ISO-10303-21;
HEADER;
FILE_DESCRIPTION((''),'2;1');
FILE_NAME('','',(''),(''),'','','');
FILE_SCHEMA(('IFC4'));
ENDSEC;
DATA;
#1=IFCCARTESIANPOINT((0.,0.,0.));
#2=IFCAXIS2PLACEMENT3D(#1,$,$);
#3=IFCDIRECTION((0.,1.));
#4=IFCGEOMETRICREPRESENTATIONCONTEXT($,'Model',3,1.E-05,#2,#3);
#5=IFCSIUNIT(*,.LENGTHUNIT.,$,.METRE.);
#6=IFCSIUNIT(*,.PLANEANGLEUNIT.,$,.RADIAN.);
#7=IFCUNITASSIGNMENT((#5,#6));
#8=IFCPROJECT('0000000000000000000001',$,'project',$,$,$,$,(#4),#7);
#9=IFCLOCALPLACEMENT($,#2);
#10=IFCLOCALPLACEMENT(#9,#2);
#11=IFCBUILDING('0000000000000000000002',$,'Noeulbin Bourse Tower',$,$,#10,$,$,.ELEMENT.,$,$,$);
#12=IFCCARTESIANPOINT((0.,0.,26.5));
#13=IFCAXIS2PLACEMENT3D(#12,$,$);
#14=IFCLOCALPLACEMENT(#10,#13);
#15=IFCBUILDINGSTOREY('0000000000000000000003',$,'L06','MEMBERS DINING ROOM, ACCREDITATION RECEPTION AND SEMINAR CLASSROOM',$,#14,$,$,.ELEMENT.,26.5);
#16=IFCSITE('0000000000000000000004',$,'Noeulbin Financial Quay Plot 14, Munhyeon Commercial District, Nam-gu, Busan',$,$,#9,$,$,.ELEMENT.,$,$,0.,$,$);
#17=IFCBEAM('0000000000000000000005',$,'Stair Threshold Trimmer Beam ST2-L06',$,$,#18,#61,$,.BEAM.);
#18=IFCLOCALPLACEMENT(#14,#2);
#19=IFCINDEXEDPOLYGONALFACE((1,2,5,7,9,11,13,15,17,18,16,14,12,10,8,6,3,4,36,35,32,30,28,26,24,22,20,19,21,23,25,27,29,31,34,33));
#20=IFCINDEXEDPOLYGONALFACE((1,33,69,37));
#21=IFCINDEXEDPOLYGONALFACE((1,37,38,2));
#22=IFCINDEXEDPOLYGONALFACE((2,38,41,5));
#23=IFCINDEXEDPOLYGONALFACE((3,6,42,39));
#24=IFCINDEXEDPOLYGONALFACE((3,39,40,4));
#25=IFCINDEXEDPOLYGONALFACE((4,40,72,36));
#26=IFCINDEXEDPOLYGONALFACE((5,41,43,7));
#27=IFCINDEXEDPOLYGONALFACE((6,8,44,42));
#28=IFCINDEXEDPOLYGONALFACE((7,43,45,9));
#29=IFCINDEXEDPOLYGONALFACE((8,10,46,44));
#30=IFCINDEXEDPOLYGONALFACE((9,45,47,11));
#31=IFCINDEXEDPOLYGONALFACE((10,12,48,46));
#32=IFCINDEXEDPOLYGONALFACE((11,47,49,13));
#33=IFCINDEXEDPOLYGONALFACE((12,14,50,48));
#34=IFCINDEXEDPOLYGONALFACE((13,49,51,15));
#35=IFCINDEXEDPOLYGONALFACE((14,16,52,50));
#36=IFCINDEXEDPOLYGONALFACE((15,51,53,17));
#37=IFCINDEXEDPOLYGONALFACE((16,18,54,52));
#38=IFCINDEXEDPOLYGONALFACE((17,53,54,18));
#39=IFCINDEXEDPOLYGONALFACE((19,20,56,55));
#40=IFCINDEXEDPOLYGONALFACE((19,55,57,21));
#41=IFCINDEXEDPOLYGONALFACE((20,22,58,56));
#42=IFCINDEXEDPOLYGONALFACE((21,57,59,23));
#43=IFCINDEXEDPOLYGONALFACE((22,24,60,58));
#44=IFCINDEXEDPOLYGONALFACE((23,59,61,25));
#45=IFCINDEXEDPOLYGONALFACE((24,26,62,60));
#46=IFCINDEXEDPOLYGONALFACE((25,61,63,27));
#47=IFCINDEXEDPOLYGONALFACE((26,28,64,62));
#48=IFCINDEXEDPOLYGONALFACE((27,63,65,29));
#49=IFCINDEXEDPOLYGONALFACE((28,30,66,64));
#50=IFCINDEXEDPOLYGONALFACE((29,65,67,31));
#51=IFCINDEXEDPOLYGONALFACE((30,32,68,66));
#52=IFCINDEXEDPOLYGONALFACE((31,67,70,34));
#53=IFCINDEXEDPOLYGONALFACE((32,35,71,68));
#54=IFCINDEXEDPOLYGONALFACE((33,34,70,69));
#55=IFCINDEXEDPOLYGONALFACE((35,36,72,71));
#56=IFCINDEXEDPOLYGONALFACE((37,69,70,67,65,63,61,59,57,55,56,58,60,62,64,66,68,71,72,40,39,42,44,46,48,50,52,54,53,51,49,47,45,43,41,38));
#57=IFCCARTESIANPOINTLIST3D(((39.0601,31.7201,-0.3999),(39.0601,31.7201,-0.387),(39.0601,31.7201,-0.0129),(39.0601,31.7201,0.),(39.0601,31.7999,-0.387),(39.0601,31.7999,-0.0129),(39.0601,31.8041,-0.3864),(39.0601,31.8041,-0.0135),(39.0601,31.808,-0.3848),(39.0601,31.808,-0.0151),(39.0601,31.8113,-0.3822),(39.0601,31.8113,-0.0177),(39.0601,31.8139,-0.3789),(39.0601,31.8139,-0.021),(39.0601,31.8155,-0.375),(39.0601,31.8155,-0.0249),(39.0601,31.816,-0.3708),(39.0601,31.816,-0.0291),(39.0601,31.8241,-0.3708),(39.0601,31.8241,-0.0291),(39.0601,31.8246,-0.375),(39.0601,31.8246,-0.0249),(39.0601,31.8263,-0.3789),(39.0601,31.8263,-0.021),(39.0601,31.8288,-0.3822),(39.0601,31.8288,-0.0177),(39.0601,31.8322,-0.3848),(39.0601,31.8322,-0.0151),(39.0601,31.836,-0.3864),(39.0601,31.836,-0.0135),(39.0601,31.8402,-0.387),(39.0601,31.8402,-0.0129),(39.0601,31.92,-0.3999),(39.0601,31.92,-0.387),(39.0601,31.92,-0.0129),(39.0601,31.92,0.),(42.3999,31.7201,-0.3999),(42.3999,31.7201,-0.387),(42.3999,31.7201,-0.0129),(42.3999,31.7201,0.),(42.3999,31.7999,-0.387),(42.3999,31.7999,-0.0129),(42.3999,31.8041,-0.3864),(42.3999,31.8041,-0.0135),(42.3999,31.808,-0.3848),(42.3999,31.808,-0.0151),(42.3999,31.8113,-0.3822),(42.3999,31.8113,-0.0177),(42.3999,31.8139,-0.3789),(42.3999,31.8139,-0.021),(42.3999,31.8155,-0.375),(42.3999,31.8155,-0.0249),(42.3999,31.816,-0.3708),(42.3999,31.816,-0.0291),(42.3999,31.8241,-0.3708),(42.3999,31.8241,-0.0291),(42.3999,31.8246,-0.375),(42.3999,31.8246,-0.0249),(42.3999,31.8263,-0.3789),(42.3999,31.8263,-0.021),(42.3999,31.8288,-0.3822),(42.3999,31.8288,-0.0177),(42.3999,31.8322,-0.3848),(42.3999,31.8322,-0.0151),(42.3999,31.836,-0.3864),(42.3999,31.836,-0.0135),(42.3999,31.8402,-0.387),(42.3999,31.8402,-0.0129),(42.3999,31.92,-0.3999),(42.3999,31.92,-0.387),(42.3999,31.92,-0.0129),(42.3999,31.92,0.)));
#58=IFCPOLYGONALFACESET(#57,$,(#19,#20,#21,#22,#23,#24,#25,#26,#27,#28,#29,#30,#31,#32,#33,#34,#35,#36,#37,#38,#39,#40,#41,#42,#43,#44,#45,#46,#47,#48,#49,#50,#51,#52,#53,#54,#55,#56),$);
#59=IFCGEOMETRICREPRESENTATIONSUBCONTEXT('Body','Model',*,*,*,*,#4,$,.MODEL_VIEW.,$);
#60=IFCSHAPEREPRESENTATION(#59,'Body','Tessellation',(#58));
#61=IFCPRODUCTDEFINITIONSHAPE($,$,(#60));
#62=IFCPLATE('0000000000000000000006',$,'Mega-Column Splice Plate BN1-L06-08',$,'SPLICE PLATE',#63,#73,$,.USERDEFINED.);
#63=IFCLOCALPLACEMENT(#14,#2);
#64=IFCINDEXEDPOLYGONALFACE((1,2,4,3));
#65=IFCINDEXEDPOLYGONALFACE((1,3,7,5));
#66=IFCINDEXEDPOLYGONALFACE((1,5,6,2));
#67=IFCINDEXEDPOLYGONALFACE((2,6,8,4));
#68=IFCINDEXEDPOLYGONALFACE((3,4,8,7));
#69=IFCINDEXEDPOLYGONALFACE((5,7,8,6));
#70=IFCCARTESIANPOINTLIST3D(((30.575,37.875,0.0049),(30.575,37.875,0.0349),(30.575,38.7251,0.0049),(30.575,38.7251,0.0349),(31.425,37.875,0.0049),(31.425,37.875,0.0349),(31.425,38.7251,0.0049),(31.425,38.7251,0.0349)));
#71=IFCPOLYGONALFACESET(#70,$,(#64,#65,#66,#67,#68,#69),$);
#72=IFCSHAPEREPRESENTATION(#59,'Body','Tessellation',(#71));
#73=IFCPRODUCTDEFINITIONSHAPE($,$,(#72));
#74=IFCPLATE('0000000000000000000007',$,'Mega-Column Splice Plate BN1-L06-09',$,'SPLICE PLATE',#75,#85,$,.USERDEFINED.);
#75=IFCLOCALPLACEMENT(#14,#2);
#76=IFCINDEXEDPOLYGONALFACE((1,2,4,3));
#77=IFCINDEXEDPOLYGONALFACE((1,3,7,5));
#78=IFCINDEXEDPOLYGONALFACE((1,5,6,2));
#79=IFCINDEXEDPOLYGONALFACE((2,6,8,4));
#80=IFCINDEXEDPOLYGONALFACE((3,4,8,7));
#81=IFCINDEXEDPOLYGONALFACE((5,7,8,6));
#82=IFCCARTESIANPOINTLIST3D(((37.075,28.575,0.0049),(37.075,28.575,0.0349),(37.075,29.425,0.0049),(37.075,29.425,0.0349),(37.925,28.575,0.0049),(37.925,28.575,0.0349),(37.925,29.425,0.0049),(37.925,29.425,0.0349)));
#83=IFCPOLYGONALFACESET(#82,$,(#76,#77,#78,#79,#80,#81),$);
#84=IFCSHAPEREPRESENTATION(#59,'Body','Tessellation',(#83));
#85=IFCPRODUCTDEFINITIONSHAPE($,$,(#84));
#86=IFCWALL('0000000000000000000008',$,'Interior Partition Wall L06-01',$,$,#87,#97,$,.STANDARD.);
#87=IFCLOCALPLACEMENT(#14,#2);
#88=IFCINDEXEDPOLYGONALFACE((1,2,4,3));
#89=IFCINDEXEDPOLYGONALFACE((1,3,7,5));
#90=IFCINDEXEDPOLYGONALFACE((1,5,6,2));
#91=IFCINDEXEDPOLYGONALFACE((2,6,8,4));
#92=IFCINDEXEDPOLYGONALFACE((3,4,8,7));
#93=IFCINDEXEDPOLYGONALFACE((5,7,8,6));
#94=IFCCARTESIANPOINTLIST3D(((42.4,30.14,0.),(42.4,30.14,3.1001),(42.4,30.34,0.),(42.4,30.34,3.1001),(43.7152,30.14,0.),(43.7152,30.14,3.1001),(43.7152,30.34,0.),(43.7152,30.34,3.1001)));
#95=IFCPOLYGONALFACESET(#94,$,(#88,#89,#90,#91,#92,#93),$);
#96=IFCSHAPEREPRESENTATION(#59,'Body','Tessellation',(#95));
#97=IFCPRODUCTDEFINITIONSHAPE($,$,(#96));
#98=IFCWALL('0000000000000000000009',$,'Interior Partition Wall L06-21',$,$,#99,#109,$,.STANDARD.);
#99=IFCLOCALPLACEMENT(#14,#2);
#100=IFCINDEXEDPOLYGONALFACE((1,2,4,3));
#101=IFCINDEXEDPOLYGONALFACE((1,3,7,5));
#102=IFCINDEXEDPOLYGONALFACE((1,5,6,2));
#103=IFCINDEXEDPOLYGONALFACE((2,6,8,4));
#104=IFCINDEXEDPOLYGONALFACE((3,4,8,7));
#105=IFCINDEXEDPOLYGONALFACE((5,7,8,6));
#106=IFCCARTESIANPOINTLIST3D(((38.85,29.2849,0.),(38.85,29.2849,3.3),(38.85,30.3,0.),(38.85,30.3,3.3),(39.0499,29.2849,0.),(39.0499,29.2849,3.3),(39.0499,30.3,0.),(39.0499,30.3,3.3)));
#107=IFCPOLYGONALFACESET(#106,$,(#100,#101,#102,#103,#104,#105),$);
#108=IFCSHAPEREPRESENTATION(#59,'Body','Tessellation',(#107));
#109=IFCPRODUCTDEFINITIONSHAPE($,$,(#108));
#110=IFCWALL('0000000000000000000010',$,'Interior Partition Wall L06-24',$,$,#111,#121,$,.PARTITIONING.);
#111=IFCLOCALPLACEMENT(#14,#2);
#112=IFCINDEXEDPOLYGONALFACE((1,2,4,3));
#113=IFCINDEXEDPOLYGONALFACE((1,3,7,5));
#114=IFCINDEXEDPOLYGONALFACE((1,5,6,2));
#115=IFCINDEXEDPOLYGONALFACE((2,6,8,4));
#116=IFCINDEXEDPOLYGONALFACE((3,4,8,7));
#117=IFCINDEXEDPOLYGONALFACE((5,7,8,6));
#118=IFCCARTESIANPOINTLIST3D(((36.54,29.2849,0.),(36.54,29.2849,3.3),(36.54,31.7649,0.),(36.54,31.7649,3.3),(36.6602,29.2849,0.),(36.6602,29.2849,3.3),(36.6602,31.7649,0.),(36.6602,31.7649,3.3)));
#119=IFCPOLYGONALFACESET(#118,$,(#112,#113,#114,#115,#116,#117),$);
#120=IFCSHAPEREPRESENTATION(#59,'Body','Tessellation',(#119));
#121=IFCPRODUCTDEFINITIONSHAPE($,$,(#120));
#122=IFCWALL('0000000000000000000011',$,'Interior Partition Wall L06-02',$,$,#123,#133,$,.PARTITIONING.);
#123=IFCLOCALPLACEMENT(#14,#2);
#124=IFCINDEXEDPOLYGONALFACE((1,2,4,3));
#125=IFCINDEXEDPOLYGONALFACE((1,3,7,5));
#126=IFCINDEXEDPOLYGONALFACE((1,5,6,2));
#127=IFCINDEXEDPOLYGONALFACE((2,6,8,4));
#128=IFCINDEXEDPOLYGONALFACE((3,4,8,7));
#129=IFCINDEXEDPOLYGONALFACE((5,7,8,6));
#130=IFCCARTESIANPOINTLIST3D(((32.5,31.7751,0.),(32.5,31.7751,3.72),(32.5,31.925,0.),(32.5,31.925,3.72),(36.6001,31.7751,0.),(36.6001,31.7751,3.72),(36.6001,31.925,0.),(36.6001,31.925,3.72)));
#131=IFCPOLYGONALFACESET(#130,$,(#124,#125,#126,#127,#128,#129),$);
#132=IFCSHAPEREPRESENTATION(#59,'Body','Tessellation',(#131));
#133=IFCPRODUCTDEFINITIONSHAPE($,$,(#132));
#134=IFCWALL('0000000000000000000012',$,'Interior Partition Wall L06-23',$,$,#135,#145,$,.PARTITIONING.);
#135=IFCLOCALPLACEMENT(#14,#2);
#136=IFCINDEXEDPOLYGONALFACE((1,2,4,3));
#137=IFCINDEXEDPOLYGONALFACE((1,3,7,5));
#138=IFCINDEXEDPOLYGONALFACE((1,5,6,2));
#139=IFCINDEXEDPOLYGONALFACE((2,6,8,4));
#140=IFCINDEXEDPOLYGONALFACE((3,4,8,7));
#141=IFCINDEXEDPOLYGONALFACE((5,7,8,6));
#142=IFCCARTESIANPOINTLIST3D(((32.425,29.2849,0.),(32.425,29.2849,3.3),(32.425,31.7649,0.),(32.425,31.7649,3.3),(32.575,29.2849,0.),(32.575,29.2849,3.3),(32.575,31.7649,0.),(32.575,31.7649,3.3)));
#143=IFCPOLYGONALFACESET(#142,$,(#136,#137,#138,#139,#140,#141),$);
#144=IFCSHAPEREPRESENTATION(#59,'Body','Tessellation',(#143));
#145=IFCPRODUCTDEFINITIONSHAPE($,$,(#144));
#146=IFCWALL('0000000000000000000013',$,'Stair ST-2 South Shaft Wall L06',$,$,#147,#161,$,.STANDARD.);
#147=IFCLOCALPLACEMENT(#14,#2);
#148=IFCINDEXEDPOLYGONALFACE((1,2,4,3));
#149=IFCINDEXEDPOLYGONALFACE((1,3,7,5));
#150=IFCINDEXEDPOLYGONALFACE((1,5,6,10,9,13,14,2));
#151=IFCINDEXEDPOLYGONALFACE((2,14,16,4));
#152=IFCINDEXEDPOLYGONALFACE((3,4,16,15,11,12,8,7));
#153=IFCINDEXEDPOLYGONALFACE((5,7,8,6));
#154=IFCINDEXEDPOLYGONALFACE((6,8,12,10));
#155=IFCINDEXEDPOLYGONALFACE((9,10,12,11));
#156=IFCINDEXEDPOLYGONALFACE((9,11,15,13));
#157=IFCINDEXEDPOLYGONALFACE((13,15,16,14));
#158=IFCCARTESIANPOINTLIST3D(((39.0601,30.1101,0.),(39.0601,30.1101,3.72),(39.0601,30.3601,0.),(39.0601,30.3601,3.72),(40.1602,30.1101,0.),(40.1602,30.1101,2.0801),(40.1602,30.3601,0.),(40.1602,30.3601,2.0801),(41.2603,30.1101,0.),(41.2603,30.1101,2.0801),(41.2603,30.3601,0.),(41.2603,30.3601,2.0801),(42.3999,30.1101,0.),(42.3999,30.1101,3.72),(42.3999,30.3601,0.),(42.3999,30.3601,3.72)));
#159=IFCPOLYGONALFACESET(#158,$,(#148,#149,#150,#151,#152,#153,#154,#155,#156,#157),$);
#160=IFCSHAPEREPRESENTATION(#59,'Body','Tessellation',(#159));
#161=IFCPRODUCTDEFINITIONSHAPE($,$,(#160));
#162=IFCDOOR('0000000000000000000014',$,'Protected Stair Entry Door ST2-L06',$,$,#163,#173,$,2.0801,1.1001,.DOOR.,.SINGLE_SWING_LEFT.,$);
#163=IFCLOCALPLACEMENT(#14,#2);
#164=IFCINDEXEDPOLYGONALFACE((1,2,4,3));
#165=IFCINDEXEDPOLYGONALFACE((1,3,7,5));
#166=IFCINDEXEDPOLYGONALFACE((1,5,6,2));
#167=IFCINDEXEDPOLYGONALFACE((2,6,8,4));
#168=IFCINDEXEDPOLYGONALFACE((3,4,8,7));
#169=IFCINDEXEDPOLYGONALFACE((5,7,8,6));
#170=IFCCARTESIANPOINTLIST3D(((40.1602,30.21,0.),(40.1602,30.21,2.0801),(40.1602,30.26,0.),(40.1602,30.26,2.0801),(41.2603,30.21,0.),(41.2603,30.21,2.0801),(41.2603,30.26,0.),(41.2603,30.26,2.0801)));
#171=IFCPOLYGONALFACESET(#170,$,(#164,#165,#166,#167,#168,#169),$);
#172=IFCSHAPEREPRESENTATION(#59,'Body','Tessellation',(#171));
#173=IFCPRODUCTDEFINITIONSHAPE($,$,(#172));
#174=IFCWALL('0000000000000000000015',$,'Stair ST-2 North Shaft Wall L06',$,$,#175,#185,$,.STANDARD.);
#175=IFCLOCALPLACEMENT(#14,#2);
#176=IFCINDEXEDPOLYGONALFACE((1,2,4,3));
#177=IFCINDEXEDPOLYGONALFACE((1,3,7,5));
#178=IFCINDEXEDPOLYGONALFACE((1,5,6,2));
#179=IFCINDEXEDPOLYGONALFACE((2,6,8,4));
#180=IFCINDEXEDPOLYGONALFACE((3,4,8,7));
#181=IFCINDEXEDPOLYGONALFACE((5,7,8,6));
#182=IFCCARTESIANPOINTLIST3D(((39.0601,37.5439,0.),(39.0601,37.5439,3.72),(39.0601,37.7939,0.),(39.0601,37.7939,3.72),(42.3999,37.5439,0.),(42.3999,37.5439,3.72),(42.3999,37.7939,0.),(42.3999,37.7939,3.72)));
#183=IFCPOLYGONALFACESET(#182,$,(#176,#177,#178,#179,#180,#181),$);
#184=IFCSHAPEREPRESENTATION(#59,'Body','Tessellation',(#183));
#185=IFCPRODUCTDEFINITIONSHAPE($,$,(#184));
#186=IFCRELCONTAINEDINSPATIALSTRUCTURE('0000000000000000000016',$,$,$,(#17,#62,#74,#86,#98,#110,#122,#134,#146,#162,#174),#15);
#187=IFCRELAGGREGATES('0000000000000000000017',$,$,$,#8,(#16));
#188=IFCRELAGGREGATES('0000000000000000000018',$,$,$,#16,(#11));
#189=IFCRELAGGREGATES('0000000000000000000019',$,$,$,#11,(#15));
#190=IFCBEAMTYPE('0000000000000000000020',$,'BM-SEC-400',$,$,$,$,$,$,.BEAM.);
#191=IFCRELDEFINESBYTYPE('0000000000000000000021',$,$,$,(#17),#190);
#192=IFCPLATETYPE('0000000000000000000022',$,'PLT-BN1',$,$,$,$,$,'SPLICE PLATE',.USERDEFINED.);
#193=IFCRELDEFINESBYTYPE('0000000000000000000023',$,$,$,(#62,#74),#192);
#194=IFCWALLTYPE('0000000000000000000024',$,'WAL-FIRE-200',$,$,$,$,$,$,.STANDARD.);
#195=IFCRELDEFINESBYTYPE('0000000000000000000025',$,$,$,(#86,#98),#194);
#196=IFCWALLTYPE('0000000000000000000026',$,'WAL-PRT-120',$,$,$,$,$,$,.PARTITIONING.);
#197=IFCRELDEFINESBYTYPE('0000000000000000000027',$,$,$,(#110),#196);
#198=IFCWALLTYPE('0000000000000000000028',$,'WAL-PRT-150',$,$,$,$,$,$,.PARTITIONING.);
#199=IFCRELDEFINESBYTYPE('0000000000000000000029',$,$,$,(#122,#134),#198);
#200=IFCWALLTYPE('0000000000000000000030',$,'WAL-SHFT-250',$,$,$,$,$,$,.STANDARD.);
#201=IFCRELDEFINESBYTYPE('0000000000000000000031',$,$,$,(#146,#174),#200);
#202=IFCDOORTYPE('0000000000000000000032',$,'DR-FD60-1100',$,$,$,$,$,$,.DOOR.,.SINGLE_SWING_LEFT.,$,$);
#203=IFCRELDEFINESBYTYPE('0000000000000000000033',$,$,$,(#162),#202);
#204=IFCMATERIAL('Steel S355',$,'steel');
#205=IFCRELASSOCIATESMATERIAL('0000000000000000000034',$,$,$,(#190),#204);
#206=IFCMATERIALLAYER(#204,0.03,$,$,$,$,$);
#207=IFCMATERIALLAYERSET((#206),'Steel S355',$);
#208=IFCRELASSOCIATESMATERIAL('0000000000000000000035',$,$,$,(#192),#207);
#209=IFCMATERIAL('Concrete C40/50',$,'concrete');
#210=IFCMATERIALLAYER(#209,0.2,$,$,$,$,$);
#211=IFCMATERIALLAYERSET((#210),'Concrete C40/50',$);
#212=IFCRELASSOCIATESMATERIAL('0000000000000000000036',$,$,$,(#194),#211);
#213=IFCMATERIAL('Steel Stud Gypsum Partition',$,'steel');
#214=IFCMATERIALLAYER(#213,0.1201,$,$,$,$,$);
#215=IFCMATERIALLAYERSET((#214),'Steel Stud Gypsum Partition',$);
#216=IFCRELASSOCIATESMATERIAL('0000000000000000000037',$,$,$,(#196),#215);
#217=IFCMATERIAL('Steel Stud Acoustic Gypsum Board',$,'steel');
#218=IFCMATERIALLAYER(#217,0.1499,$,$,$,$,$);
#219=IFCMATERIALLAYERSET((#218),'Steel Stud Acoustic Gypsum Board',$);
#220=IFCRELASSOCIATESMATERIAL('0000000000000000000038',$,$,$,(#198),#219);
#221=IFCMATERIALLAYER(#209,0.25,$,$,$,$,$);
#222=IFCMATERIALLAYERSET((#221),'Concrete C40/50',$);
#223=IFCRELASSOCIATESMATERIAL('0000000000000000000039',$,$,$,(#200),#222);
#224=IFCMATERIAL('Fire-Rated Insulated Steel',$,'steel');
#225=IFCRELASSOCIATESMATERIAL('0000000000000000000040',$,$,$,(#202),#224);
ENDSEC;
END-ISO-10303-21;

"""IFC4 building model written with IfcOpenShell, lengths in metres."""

from ifc_helpers import new_model, si_unit, direction, frame, frame_2d, origin, origin_2d, place, context, subcontext, project, spatial, rectangle, i_section, extrude, material, layer, layer_set, material_profile, profile_set, type_object, element, fill, save


model = new_model("IFC4")

# Units and contexts
model_context = context("Model", 3, precision=1e-05, world=origin(), true_north=direction((0.0, 1.0)))
body_context = subcontext(model_context, "Body", "Model", "MODEL_VIEW")
ifc_project = project(units=[si_unit("LENGTHUNIT", "METRE"), si_unit("PLANEANGLEUNIT", "RADIAN")], contexts=[model_context])

# Site, building, storey
site_placement = place(None, origin())
site = spatial("IfcSite", under=ifc_project, at=site_placement, Name="Noeulbin Financial Quay Plot 14, Munhyeon Commercial District, Nam-gu, Busan", CompositionType="ELEMENT", RefElevation=0.0)
building_placement = place(site_placement, origin())
building = spatial("IfcBuilding", under=site, at=building_placement, Name="Noeulbin Bourse Tower", CompositionType="ELEMENT")
storey_placement = place(building_placement, frame((0.0, 0.0, 26.5)))
storey = spatial("IfcBuildingStorey", under=building, at=storey_placement, Name="L06", Description="MEMBERS DINING ROOM, ACCREDITATION RECEPTION AND SEMINAR CLASSROOM", CompositionType="ELEMENT", Elevation=26.5)

# Beam
ifc_material_1 = material(Name="Steel S355", Category="steel")
ifc_material_profile_1 = material_profile(ifc_material_1, i_section(OverallWidth=0.2, OverallDepth=0.3999, WebThickness=0.0081, FlangeThickness=0.0129, FilletRadius=0.0161, at=origin_2d()), Name="H-400x200x8x13", Category="LoadBearing")
ifc_profile_set_1 = profile_set([ifc_material_profile_1], Name="Steel S355")
beam_type_1 = type_object("IfcBeamType", Name="BM-SEC-400", PredefinedType="BEAM", material=ifc_profile_set_1)
beam_1_placement = place(storey_placement, frame((39.0601, 31.8201, -0.2), z_axis=(1.0, 0.0, 0.0), x_axis=(0.0, 1.0, 0.0)))
element("IfcBeam", 1, at=beam_1_placement, inside=storey, type_object=beam_type_1, Name="Stair Threshold Trimmer Beam ST2-L06", PredefinedType="BEAM", context=body_context, shape_type="SweptSolid", body=[
    extrude(i_section(OverallWidth=0.2, OverallDepth=0.3999, WebThickness=0.0081, FlangeThickness=0.0129, FilletRadius=0.0161, at=origin_2d()), origin(), (0.0, 0.0, 1.0), 3.3398),
])

# Plates
ifc_layer_1 = layer(ifc_material_1, 0.03)
ifc_layer_set_1 = layer_set([ifc_layer_1], Name="Steel S355")
plate_type = type_object("IfcPlateType", Name="PLT-BN1", ElementType="SPLICE PLATE", PredefinedType="USERDEFINED", material=ifc_layer_set_1)
for number, where, z_axis, x_axis, name in (
    (2, (31.0, 38.3, 0.0049), (0.0, 0.0, 1.0), (1.0, 0.0, 0.0), "Mega-Column Splice Plate BN1-L06-08"),
    (3, (37.5, 29.0, 0.0049), (0.0, 0.0, 1.0), (1.0, 0.0, 0.0), "Mega-Column Splice Plate BN1-L06-09"),
):
    element("IfcPlate", number, at=place(storey_placement, frame(where, z_axis=z_axis, x_axis=x_axis)), inside=storey, type_object=plate_type, Name=name, ObjectType="SPLICE PLATE", PredefinedType="USERDEFINED", context=body_context, shape_type="SweptSolid", body=[
        extrude(rectangle(XDim=0.8501, YDim=0.8501, at=origin_2d()), origin(), (0.0, 0.0, 1.0), 0.03),
    ])

# Walls
ifc_material_2 = material(Name="Concrete C40/50", Category="concrete")
ifc_layer_2 = layer(ifc_material_2, 0.2)
ifc_layer_set_2 = layer_set([ifc_layer_2], Name="Concrete C40/50")
wall_type_1 = type_object("IfcWallType", Name="WAL-FIRE-200", PredefinedType="STANDARD", material=ifc_layer_set_2)
wall_1_placement = place(storey_placement, frame((42.3999, 30.24, 0.0), z_axis=(0.0, 0.0, 1.0), x_axis=(1.0, 0.0, 0.0)))
element("IfcWall", 4, at=wall_1_placement, inside=storey, type_object=wall_type_1, Name="Interior Partition Wall L06-01", PredefinedType="STANDARD", context=body_context, shape_type="SweptSolid", body=[
    extrude(rectangle(XDim=1.3152, YDim=0.2, at=frame_2d((0.6577, 0.0))), origin(), (0.0, 0.0, 1.0), 3.1001),
])
wall_2_placement = place(storey_placement, frame((38.95, 29.2849, 0.0), z_axis=(0.0, 0.0, 1.0), x_axis=(0.0, 1.0, 0.0)))
element("IfcWall", 5, at=wall_2_placement, inside=storey, type_object=wall_type_1, Name="Interior Partition Wall L06-21", PredefinedType="STANDARD", context=body_context, shape_type="SweptSolid", body=[
    extrude(rectangle(XDim=1.0151, YDim=0.2, at=frame_2d((0.5076, 0.0))), origin(), (0.0, 0.0, 1.0), 3.3),
])
ifc_material_3 = material(Name="Steel Stud Gypsum Partition", Category="steel")
ifc_layer_3 = layer(ifc_material_3, 0.1201)
ifc_layer_set_3 = layer_set([ifc_layer_3], Name="Steel Stud Gypsum Partition")
wall_type_2 = type_object("IfcWallType", Name="WAL-PRT-120", PredefinedType="PARTITIONING", material=ifc_layer_set_3)
wall_3_placement = place(storey_placement, frame((36.6001, 29.2849, 0.0), z_axis=(0.0, 0.0, 1.0), x_axis=(0.0, 1.0, 0.0)))
element("IfcWall", 6, at=wall_3_placement, inside=storey, type_object=wall_type_2, Name="Interior Partition Wall L06-24", PredefinedType="PARTITIONING", context=body_context, shape_type="SweptSolid", body=[
    extrude(rectangle(XDim=2.48, YDim=0.1201, at=frame_2d((1.24, 0.0))), origin(), (0.0, 0.0, 1.0), 3.3),
])
ifc_material_4 = material(Name="Steel Stud Acoustic Gypsum Board", Category="steel")
ifc_layer_4 = layer(ifc_material_4, 0.1499)
ifc_layer_set_4 = layer_set([ifc_layer_4], Name="Steel Stud Acoustic Gypsum Board")
wall_type_3 = type_object("IfcWallType", Name="WAL-PRT-150", PredefinedType="PARTITIONING", material=ifc_layer_set_4)
wall_4_placement = place(storey_placement, frame((32.5, 31.8501, 0.0), z_axis=(0.0, 0.0, 1.0), x_axis=(1.0, 0.0, 0.0)))
element("IfcWall", 7, at=wall_4_placement, inside=storey, type_object=wall_type_3, Name="Interior Partition Wall L06-02", PredefinedType="PARTITIONING", context=body_context, shape_type="SweptSolid", body=[
    extrude(rectangle(XDim=4.1001, YDim=0.1499, at=frame_2d((2.05, 0.0))), origin(), (0.0, 0.0, 1.0), 3.72),
])
wall_5_placement = place(storey_placement, frame((32.5, 29.2849, 0.0), z_axis=(0.0, 0.0, 1.0), x_axis=(0.0, 1.0, 0.0)))
element("IfcWall", 8, at=wall_5_placement, inside=storey, type_object=wall_type_3, Name="Interior Partition Wall L06-23", PredefinedType="PARTITIONING", context=body_context, shape_type="SweptSolid", body=[
    extrude(rectangle(XDim=2.48, YDim=0.1499, at=frame_2d((1.24, 0.0))), origin(), (0.0, 0.0, 1.0), 3.3),
])

# Wall, opening, door
ifc_layer_5 = layer(ifc_material_2, 0.25)
ifc_layer_set_5 = layer_set([ifc_layer_5], Name="Concrete C40/50")
wall_type_4 = type_object("IfcWallType", Name="WAL-SHFT-250", PredefinedType="STANDARD", material=ifc_layer_set_5)
wall_6_placement = place(storey_placement, frame((39.0601, 30.2351, 0.0), z_axis=(0.0, 0.0, 1.0), x_axis=(1.0, 0.0, 0.0)))
wall_6 = element("IfcWall", 9, at=wall_6_placement, inside=storey, type_object=wall_type_4, Name="Stair ST-2 South Shaft Wall L06", PredefinedType="STANDARD", context=body_context, shape_type="SweptSolid", body=[
    extrude(rectangle(XDim=3.3398, YDim=0.25, at=frame_2d((1.6699, 0.0))), origin(), (0.0, 0.0, 1.0), 3.72),
])
opening_1_placement = place(wall_6_placement, frame((1.1001, 0.0, 0.0)))
opening_1 = element("IfcOpeningElement", 10, at=opening_1_placement, cuts=wall_6, PredefinedType="OPENING", context=body_context, shape_type="SweptSolid", body=[
    extrude(rectangle(XDim=1.1001, YDim=2.0801, at=frame_2d((0.55, 1.04))), frame((0.0, 0.135, 0.0), z_axis=(0.0, -1.0, 0.0), x_axis=(1.0, 0.0, 0.0)), (0.0, 0.0, 1.0), 0.27),
])
ifc_material_5 = material(Name="Fire-Rated Insulated Steel", Category="steel")
door_type_1 = type_object("IfcDoorType", Name="DR-FD60-1100", OperationType="SINGLE_SWING_LEFT", PredefinedType="DOOR", material=ifc_material_5)
door_1_placement = place(opening_1_placement, origin())
door_1 = element("IfcDoor", 11, at=door_1_placement, inside=storey, type_object=door_type_1, Name="Protected Stair Entry Door ST2-L06", OperationType="SINGLE_SWING_LEFT", OverallHeight=2.0801, OverallWidth=1.1001, PredefinedType="DOOR", context=body_context, shape_type="SweptSolid", body=[
    extrude(rectangle(XDim=1.1001, YDim=2.0801, at=frame_2d((0.55, 1.04))), frame((0.0, 0.0249, 0.0), z_axis=(0.0, -1.0, 0.0), x_axis=(1.0, 0.0, 0.0)), (0.0, 0.0, 1.0), 0.05),
])
fill(opening_1, door_1)

# Wall
wall_7_placement = place(storey_placement, frame((39.0601, 37.6689, 0.0), z_axis=(0.0, 0.0, 1.0), x_axis=(1.0, 0.0, 0.0)))
element("IfcWall", 12, at=wall_7_placement, inside=storey, type_object=wall_type_4, Name="Stair ST-2 North Shaft Wall L06", PredefinedType="STANDARD", context=body_context, shape_type="SweptSolid", body=[
    extrude(rectangle(XDim=3.3398, YDim=0.25, at=frame_2d((1.6699, 0.0))), origin(), (0.0, 0.0, 1.0), 3.72),
])

save(model, "model.ifc")
